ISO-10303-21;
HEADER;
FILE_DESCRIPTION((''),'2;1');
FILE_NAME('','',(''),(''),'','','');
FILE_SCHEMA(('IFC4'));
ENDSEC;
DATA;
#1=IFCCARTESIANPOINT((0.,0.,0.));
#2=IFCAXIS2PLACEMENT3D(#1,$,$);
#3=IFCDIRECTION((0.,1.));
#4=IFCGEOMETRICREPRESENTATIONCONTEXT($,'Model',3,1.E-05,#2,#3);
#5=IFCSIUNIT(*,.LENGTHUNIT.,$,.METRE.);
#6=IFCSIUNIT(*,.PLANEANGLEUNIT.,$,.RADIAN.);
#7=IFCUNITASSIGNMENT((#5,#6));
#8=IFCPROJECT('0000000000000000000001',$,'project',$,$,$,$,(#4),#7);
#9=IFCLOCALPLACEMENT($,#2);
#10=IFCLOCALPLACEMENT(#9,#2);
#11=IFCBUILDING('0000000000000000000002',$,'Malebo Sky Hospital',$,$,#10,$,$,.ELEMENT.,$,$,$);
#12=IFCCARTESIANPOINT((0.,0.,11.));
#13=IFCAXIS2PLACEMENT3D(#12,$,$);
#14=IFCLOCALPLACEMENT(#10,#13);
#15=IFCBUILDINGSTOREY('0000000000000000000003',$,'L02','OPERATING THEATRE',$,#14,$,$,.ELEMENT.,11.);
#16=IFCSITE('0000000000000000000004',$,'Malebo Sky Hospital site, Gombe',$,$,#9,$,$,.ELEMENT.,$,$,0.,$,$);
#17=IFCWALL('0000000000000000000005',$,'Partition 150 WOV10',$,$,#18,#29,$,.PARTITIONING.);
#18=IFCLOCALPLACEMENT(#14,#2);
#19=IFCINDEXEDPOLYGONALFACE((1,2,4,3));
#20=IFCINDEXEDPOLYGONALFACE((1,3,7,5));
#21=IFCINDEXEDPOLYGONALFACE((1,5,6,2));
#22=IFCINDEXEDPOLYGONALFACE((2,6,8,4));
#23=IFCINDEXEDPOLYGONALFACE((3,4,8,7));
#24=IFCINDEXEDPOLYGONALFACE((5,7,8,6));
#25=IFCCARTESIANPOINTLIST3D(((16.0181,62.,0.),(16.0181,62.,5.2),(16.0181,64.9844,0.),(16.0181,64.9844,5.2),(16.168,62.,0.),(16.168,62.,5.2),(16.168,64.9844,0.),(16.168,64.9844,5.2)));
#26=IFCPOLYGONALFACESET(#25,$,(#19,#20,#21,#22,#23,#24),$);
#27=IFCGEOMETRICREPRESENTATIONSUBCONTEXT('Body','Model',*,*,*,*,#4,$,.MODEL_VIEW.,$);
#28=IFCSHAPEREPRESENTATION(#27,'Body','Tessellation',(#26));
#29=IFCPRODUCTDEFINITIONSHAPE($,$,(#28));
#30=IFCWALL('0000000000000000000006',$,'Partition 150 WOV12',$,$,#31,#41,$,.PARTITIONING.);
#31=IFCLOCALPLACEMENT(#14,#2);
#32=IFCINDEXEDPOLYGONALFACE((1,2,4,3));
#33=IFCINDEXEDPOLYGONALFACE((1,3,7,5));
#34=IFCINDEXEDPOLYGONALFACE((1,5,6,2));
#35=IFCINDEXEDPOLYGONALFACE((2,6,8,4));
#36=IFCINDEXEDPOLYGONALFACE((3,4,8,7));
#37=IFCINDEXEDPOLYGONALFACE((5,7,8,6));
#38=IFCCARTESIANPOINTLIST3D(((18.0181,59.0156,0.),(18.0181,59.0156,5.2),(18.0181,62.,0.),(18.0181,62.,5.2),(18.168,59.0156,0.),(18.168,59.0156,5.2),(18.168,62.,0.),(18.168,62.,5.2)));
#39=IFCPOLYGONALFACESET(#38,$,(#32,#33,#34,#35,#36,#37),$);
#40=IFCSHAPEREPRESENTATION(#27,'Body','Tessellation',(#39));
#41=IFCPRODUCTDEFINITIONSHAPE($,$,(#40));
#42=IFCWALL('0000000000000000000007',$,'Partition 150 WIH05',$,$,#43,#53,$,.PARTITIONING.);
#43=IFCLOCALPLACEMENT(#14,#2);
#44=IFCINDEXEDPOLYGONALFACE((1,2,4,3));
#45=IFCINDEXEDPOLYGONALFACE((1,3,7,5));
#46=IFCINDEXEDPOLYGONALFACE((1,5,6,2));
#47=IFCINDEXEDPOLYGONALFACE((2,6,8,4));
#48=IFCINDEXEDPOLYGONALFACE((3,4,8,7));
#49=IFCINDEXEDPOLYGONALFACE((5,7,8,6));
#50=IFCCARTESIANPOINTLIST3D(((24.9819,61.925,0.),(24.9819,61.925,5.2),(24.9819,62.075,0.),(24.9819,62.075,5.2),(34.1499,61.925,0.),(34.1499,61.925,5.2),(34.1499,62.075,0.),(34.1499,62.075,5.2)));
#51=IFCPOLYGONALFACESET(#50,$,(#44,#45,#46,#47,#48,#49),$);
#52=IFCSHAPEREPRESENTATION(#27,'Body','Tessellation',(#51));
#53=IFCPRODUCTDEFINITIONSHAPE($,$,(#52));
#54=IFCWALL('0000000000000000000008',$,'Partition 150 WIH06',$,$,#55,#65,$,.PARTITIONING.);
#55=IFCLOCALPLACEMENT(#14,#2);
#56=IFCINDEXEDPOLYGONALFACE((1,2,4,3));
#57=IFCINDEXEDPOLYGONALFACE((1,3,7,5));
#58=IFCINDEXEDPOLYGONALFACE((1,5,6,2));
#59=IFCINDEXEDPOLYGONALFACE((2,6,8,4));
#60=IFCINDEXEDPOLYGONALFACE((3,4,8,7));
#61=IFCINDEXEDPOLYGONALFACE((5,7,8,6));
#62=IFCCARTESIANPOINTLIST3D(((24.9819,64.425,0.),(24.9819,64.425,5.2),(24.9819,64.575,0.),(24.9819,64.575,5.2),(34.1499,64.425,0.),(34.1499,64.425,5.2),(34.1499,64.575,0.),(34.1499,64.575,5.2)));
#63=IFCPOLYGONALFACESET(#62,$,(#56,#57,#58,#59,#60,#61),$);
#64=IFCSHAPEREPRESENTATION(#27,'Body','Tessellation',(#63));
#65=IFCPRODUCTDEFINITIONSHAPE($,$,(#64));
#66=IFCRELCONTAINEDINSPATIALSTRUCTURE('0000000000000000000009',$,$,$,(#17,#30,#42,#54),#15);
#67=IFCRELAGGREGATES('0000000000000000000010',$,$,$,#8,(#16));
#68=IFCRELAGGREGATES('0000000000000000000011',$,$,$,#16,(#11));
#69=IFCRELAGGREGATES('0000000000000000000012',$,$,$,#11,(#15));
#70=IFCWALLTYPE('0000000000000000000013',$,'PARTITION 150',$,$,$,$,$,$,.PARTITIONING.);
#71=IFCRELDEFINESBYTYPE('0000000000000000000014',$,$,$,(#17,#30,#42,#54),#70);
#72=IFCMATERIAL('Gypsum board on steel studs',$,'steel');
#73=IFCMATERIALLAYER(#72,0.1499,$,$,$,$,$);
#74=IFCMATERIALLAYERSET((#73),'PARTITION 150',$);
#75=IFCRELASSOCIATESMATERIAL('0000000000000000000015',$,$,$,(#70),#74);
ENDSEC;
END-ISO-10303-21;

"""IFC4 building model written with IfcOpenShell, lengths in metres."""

from ifc_helpers import new_model, si_unit, direction, frame, frame_2d, origin, place, context, subcontext, project, spatial, rectangle, extrude, material, layer, layer_set, type_object, element, save


model = new_model("IFC4")

# Units and contexts
model_context = context("Model", 3, precision=1e-05, world=origin(), true_north=direction((0.0, 1.0)))
body_context = subcontext(model_context, "Body", "Model", "MODEL_VIEW")
ifc_project = project(units=[si_unit("LENGTHUNIT", "METRE"), si_unit("PLANEANGLEUNIT", "RADIAN")], contexts=[model_context])

# Site, building, storey
site_placement = place(None, origin())
site = spatial("IfcSite", under=ifc_project, at=site_placement, Name="Malebo Sky Hospital site, Gombe", CompositionType="ELEMENT", RefElevation=0.0)
building_placement = place(site_placement, origin())
building = spatial("IfcBuilding", under=site, at=building_placement, Name="Malebo Sky Hospital", CompositionType="ELEMENT")
storey_placement = place(building_placement, frame((0.0, 0.0, 11.0)))
storey = spatial("IfcBuildingStorey", under=building, at=storey_placement, Name="L02", Description="OPERATING THEATRE", CompositionType="ELEMENT", Elevation=11.0)

# Shared definitions
ifc_material_1 = material(Name="Gypsum board on steel studs", Category="steel")
ifc_layer_1 = layer(ifc_material_1, 0.1499)
ifc_layer_set_1 = layer_set([ifc_layer_1], Name="PARTITION 150")
wall_type_1 = type_object("IfcWallType", Name="PARTITION 150", PredefinedType="PARTITIONING", material=ifc_layer_set_1)

# Walls
for number, where, z_axis, x_axis, name in (
    (1, (16.093, 62.0, 0.0), (0.0, 0.0, 1.0), (0.0, 1.0, 0.0), "Partition 150 WOV10"),
    (2, (18.093, 59.0156, 0.0), (0.0, 0.0, 1.0), (0.0, 1.0, 0.0), "Partition 150 WOV12"),
):
    element("IfcWall", number, at=place(storey_placement, frame(where, z_axis=z_axis, x_axis=x_axis)), inside=storey, type_object=wall_type_1, Name=name, PredefinedType="PARTITIONING", context=body_context, shape_type="SweptSolid", body=[
        extrude(rectangle(XDim=2.9844, YDim=0.1499, at=frame_2d((1.4922, 0.0))), origin(), (0.0, 0.0, 1.0), 5.2),
    ])
for number, where, z_axis, x_axis, name in (
    (3, (24.9819, 62.0, 0.0), (0.0, 0.0, 1.0), (1.0, 0.0, 0.0), "Partition 150 WIH05"),
    (4, (24.9819, 64.5, 0.0), (0.0, 0.0, 1.0), (1.0, 0.0, 0.0), "Partition 150 WIH06"),
):
    element("IfcWall", number, at=place(storey_placement, frame(where, z_axis=z_axis, x_axis=x_axis)), inside=storey, type_object=wall_type_1, Name=name, PredefinedType="PARTITIONING", context=body_context, shape_type="SweptSolid", body=[
        extrude(rectangle(XDim=9.168, YDim=0.1499, at=frame_2d((4.584, 0.0))), origin(), (0.0, 0.0, 1.0), 5.2),
    ])

save(model, "model.ifc")
